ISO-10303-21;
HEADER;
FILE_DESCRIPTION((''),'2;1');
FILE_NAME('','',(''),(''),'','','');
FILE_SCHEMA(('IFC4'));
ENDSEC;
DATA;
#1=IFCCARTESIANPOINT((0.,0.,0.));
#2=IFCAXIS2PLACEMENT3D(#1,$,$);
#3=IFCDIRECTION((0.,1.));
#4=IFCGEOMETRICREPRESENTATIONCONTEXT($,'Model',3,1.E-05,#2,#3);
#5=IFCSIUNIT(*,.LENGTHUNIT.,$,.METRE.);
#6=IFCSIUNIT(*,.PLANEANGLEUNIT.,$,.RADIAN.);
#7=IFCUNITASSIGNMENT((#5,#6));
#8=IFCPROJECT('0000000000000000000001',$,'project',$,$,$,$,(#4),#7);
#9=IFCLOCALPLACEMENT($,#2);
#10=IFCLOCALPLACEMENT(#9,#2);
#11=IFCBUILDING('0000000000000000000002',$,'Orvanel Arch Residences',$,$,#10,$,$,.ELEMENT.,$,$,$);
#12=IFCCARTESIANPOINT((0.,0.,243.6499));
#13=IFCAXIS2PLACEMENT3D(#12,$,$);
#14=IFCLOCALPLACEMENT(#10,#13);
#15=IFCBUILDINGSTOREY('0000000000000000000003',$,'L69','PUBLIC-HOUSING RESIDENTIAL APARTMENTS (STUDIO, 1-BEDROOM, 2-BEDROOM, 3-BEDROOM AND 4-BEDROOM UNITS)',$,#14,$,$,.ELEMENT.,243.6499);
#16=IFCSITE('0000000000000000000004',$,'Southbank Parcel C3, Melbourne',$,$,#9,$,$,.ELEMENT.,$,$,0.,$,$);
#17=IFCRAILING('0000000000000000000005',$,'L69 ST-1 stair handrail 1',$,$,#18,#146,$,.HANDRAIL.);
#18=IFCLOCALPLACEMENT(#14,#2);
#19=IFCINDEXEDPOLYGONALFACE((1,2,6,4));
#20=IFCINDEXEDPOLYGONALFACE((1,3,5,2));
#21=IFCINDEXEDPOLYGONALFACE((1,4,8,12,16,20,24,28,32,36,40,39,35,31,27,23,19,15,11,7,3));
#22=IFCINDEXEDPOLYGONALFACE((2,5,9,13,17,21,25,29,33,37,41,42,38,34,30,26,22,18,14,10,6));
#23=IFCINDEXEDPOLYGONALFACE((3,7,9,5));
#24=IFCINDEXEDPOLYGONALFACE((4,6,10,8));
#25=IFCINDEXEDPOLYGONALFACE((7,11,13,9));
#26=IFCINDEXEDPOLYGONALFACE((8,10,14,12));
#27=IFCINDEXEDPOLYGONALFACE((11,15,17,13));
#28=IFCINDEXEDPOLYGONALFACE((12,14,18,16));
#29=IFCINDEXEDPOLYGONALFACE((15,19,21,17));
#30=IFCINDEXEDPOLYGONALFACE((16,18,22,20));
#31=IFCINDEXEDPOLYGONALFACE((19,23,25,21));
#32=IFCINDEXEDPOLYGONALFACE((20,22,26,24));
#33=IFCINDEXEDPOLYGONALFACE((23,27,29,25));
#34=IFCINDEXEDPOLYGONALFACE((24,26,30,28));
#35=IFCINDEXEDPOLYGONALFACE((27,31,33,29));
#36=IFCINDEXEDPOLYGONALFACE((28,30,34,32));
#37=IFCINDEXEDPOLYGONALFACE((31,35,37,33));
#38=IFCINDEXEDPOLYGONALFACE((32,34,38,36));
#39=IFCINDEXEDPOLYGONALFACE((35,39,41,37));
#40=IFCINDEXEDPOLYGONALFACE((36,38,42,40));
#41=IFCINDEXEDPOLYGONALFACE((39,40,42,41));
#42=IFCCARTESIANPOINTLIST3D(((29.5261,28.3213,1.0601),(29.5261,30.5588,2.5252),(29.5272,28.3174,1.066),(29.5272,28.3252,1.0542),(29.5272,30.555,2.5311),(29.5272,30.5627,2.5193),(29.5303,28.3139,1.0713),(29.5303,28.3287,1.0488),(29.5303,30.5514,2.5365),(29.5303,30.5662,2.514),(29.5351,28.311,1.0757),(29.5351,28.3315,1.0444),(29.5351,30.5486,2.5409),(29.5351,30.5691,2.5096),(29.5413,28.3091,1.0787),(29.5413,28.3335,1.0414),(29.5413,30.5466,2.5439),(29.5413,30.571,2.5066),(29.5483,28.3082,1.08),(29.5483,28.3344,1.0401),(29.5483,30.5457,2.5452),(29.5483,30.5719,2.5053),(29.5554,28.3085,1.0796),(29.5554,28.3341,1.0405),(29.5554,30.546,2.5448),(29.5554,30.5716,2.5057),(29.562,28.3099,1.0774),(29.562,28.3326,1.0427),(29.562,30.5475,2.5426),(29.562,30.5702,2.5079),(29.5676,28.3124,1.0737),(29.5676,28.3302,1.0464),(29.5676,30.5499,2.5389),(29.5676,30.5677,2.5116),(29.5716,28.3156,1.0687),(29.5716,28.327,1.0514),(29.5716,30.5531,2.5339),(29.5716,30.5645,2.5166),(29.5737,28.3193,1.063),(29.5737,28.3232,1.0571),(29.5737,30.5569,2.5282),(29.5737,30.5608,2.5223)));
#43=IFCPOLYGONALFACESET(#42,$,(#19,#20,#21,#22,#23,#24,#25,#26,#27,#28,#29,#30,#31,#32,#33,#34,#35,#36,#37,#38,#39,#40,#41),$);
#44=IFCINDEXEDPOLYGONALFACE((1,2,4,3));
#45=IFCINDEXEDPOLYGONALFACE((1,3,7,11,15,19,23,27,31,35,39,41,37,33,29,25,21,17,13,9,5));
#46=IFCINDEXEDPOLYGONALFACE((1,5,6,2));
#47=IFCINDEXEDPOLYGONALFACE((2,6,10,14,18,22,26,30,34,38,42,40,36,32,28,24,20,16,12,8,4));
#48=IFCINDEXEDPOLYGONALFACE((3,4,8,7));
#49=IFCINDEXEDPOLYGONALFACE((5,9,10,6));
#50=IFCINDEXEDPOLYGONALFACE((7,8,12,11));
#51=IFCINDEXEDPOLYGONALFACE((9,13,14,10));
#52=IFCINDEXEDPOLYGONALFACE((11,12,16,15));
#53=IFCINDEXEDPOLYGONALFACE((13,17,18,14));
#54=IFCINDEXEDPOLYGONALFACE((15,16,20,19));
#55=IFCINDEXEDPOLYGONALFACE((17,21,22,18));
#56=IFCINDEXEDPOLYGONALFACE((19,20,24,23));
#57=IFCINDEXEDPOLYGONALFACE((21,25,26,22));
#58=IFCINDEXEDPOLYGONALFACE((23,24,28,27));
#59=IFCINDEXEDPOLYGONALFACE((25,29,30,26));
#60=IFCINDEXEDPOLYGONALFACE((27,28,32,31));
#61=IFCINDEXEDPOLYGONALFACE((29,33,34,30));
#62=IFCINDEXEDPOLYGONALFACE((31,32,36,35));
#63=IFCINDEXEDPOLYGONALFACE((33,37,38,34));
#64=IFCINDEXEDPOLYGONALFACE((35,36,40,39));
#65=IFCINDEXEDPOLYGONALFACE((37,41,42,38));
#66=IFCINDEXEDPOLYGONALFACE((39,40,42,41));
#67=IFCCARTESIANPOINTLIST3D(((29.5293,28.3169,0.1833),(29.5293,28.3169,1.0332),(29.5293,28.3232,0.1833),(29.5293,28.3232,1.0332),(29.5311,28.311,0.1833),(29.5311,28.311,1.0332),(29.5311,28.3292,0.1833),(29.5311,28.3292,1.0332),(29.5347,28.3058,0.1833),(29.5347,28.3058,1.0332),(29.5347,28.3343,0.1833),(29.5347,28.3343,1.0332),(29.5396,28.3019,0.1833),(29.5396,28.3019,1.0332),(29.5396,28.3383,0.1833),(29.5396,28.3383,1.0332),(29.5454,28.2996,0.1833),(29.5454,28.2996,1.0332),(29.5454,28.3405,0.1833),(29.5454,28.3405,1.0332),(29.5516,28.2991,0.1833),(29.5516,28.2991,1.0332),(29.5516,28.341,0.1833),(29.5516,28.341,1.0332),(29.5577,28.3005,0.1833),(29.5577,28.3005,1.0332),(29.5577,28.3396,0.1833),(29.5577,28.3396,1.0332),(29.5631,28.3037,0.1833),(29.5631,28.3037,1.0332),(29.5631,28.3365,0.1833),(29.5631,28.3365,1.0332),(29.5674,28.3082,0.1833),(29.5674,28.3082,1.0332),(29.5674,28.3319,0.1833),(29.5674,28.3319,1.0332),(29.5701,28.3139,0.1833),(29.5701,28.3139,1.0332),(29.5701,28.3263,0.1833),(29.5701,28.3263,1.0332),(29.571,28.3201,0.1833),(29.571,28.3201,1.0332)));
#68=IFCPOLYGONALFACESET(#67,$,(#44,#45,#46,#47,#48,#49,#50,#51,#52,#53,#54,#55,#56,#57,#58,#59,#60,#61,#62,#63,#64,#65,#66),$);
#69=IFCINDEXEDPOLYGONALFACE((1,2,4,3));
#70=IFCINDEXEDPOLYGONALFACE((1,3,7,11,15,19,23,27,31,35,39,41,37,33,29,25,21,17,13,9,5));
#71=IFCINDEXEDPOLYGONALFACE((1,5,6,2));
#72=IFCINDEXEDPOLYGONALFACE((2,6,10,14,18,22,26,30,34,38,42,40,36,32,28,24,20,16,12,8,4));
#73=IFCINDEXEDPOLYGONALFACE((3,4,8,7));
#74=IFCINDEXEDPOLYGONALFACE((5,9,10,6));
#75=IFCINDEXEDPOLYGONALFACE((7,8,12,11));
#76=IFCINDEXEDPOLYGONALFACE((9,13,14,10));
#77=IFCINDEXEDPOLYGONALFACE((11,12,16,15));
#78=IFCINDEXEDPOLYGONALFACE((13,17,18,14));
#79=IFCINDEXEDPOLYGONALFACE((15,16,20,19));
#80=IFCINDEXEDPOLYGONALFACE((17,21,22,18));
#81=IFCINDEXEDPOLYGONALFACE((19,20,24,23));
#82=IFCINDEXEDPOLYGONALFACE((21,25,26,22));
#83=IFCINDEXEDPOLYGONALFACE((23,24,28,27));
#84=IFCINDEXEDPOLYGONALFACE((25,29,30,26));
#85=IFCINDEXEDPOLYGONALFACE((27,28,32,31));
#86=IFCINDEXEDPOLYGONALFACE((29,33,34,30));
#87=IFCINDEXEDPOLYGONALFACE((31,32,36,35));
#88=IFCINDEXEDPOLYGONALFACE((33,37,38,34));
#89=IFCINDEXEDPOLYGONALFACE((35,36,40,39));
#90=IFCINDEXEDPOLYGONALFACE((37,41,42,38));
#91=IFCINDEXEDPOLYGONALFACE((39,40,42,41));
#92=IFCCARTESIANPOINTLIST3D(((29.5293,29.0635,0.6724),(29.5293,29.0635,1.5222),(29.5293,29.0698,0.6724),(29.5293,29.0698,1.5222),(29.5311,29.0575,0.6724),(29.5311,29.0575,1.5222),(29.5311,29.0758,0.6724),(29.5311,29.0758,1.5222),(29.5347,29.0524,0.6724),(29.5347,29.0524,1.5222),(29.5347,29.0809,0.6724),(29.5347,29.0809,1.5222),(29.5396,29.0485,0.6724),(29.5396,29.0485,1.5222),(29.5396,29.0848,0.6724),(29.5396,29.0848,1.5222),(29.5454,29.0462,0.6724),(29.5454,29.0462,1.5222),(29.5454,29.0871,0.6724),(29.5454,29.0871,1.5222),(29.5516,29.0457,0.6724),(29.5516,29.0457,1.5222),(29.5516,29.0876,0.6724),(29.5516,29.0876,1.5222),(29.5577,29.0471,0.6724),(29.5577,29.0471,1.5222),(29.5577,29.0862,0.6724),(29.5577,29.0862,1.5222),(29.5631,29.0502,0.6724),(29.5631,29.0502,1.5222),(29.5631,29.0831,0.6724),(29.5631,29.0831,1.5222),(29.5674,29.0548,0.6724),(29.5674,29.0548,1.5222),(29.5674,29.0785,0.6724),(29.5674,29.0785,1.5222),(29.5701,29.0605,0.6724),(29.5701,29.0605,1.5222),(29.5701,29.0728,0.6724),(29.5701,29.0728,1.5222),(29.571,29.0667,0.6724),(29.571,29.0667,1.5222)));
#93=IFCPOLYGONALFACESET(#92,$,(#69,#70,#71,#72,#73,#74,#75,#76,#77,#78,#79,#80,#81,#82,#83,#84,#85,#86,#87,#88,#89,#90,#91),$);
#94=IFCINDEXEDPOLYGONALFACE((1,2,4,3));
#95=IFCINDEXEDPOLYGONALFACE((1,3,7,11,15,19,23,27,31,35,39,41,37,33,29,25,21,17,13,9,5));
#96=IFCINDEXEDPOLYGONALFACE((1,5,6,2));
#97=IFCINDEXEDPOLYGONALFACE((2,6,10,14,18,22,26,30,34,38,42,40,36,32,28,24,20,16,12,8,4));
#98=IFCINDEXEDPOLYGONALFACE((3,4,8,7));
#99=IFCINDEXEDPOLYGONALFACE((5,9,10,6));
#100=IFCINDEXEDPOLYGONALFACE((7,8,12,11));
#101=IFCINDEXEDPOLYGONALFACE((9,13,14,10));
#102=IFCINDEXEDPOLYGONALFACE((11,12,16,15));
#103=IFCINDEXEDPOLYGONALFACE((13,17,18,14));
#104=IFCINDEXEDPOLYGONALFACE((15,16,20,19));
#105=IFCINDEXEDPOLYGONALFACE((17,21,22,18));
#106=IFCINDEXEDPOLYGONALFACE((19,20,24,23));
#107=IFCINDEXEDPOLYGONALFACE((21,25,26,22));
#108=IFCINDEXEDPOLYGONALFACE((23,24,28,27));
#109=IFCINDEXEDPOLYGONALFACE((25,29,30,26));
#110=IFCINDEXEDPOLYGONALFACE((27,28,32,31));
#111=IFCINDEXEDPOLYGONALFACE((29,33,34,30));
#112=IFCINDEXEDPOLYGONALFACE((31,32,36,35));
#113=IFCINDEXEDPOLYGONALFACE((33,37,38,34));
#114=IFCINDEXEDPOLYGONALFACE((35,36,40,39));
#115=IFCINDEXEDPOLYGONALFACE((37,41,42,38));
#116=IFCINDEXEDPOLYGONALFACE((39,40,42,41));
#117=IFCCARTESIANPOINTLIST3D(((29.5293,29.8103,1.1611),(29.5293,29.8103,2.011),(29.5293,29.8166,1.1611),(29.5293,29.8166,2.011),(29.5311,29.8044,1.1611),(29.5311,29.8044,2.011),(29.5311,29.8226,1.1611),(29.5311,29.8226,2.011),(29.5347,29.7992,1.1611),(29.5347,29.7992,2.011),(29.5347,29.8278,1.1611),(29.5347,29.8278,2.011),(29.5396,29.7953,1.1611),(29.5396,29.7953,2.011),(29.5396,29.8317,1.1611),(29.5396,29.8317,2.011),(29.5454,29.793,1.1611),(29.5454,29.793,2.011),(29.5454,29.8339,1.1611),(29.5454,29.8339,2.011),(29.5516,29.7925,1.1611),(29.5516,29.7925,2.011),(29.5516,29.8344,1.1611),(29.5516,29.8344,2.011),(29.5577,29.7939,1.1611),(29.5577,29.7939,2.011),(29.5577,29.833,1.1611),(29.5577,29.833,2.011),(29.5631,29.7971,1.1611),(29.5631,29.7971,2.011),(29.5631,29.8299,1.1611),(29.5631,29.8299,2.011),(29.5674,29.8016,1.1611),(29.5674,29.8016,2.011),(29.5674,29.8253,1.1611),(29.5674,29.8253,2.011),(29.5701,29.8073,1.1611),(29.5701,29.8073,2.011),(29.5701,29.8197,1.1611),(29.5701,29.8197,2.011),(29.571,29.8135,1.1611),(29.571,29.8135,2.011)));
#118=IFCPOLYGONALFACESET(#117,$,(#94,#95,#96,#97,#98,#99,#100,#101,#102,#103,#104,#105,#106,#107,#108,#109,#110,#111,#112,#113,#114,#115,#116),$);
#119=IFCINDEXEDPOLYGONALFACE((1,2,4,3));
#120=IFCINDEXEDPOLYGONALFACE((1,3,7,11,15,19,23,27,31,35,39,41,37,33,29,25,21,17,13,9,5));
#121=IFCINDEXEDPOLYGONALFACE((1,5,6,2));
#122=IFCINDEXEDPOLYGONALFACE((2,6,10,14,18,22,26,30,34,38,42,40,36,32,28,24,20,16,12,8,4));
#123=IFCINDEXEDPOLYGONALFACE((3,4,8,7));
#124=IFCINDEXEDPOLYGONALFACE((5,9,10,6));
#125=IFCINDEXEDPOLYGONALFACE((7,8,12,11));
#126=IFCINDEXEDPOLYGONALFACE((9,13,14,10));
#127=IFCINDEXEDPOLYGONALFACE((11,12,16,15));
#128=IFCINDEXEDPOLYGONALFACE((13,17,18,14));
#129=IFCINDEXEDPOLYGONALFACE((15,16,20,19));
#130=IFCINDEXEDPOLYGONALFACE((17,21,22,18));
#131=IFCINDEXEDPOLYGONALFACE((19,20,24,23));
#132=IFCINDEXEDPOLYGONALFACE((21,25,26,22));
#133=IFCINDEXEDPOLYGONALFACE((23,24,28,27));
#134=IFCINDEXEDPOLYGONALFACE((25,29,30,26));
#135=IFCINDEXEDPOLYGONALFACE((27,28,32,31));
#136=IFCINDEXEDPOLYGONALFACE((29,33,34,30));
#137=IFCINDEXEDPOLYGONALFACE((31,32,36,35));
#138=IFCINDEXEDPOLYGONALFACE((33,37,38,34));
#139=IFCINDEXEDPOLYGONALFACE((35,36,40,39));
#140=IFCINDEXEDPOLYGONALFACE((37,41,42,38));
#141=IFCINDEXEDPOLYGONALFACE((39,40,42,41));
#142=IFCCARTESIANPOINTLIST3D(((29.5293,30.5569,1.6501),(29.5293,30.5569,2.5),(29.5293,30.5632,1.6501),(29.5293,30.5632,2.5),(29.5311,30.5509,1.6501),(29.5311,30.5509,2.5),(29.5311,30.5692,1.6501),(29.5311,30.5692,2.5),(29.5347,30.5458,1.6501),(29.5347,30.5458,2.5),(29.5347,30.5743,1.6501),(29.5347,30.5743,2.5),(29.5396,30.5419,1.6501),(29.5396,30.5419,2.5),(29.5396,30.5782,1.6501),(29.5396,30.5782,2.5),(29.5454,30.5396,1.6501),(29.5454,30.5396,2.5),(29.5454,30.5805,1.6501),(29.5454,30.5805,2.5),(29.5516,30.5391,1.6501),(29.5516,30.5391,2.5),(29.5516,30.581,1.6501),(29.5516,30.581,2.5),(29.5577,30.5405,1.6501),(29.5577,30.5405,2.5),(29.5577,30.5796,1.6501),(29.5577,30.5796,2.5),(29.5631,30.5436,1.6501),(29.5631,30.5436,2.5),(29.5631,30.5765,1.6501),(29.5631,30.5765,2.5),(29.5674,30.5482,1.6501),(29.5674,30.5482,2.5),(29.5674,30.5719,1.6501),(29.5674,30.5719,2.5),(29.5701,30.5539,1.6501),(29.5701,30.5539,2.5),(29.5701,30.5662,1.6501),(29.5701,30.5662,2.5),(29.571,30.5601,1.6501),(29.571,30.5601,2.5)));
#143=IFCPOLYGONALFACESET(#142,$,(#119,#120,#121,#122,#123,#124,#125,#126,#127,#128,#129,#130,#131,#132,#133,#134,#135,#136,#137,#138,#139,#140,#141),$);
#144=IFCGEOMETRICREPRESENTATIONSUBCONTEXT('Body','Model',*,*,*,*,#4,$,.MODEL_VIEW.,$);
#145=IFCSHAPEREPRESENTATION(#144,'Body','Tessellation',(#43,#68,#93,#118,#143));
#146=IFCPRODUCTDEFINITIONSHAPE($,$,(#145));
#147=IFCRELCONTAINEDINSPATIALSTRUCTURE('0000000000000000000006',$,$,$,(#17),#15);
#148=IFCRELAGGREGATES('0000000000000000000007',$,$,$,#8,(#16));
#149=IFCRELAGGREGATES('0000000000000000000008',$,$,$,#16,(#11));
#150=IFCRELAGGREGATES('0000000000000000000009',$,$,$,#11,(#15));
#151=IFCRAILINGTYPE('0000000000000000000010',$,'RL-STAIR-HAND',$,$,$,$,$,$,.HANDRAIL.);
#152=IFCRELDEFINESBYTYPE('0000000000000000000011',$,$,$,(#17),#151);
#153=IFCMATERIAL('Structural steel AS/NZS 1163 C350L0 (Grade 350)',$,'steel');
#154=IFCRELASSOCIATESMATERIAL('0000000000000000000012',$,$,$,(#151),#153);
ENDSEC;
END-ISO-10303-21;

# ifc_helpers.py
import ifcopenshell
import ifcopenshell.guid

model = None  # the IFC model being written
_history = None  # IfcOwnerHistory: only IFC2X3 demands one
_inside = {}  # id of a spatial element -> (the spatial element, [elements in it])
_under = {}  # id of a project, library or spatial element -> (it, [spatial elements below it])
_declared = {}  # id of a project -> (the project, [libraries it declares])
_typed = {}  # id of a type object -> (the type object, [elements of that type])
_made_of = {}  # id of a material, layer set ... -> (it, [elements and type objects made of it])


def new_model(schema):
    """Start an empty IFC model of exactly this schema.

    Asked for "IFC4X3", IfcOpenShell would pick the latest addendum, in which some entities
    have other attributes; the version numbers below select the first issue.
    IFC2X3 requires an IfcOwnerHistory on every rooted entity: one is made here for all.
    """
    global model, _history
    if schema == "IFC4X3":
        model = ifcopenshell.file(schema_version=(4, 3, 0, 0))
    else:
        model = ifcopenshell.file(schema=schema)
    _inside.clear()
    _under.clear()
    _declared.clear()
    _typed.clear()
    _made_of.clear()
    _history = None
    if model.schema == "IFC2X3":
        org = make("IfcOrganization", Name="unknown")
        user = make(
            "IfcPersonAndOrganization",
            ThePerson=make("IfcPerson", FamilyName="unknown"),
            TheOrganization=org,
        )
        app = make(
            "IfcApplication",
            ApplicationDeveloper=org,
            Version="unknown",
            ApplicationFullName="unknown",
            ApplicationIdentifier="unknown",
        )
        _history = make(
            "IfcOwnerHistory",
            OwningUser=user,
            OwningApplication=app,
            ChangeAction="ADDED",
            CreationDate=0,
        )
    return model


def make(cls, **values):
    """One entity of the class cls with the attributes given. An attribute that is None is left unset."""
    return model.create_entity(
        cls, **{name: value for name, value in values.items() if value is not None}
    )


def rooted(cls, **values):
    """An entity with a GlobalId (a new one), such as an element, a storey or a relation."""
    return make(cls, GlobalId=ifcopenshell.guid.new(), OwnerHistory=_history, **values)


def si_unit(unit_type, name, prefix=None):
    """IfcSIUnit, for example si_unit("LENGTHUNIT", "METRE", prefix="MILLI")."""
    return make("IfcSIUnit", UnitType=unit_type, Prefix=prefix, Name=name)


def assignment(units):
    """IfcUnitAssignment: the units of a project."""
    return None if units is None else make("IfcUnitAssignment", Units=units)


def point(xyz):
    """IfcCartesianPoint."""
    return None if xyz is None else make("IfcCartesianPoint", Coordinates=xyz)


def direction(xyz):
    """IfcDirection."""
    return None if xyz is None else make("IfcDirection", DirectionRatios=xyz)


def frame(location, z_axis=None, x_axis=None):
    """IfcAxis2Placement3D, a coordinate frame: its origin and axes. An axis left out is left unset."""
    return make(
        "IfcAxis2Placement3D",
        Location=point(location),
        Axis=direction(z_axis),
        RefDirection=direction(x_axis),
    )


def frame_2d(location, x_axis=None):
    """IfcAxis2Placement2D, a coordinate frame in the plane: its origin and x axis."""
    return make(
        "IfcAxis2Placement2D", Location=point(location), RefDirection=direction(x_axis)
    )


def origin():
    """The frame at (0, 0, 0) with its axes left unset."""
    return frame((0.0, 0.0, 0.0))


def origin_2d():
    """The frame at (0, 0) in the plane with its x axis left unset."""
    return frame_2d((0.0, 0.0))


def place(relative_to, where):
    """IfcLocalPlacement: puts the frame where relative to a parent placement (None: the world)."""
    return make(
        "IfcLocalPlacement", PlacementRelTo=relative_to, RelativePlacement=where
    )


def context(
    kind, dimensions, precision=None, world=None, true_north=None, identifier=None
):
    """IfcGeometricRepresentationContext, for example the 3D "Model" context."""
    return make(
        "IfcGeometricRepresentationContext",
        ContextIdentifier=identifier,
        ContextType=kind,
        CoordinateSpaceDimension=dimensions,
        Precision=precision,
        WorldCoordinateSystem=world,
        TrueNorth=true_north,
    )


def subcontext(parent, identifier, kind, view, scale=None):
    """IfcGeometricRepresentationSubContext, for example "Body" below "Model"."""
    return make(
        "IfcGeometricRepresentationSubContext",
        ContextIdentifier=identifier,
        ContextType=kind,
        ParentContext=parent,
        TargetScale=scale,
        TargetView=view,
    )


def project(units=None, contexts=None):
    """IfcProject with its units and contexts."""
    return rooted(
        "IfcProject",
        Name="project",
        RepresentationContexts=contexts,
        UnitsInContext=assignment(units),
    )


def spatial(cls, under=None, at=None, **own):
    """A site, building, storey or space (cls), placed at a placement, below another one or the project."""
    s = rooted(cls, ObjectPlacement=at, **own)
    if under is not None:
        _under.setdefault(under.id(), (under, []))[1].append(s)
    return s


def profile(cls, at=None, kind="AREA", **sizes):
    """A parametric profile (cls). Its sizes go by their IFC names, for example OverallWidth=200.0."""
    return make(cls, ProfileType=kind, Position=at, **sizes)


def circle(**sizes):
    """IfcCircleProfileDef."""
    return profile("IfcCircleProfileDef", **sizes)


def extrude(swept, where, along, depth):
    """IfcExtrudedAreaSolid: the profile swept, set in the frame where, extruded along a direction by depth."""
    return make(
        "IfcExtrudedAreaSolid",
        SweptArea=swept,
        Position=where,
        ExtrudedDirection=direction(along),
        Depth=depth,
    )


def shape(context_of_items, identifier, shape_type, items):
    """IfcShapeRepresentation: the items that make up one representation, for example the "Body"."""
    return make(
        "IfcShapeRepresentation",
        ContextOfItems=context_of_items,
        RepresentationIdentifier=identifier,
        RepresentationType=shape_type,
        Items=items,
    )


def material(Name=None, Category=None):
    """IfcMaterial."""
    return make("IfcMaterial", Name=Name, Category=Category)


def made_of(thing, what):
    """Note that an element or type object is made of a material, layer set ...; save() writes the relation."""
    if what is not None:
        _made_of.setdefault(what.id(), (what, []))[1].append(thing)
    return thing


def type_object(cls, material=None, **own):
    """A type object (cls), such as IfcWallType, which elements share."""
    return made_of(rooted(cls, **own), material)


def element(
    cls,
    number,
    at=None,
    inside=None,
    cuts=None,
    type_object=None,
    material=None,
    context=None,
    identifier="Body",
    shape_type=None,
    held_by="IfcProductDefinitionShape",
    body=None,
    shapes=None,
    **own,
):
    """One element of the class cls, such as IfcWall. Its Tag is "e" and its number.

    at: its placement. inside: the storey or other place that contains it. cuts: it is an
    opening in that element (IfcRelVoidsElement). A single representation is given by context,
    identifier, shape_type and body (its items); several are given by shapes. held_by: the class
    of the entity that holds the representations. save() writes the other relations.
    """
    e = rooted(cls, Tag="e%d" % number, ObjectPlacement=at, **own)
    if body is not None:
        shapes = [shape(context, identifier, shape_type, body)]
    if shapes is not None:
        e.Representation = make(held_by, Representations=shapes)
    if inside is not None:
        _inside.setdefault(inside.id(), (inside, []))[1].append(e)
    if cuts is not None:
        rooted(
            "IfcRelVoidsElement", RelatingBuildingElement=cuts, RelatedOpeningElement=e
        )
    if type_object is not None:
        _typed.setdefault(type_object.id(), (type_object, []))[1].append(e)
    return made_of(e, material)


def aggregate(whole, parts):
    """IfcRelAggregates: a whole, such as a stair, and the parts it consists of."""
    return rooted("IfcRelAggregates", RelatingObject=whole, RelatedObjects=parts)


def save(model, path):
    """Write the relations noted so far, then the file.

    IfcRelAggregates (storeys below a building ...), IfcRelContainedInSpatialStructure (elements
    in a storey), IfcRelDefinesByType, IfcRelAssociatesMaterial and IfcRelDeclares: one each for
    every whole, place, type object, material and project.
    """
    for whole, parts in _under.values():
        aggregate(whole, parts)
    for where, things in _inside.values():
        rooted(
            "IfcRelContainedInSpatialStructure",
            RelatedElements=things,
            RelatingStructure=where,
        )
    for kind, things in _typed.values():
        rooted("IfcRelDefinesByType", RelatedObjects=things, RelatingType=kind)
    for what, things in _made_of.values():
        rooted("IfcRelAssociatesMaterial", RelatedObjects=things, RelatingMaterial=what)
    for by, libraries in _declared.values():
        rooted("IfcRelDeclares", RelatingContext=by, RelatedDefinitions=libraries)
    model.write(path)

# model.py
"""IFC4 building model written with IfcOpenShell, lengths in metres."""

from ifc_helpers import new_model, si_unit, direction, frame, origin, origin_2d, place, context, subcontext, project, spatial, circle, extrude, material, type_object, element, save


model = new_model("IFC4")

# Units and contexts
model_context = context("Model", 3, precision=1e-05, world=origin(), true_north=direction((0.0, 1.0)))
body_context = subcontext(model_context, "Body", "Model", "MODEL_VIEW")
ifc_project = project(units=[si_unit("LENGTHUNIT", "METRE"), si_unit("PLANEANGLEUNIT", "RADIAN")], contexts=[model_context])

# Site, building, storey
site_placement = place(None, origin())
site = spatial("IfcSite", under=ifc_project, at=site_placement, Name="Southbank Parcel C3, Melbourne", CompositionType="ELEMENT", RefElevation=0.0)
building_placement = place(site_placement, origin())
building = spatial("IfcBuilding", under=site, at=building_placement, Name="Orvanel Arch Residences", CompositionType="ELEMENT")
storey_placement = place(building_placement, frame((0.0, 0.0, 243.6499)))
storey = spatial("IfcBuildingStorey", under=building, at=storey_placement, Name="L69", Description="PUBLIC-HOUSING RESIDENTIAL APARTMENTS (STUDIO, 1-BEDROOM, 2-BEDROOM, 3-BEDROOM AND 4-BEDROOM UNITS)", CompositionType="ELEMENT", Elevation=243.6499)

# Railing
ifc_material_1 = material(Name="Structural steel AS/NZS 1163 C350L0 (Grade 350)", Category="steel")
railing_type_1 = type_object("IfcRailingType", Name="RL-STAIR-HAND", PredefinedType="HANDRAIL", material=ifc_material_1)
railing_1_placement = place(storey_placement, frame((29.55, 28.3201, 0.1833)))
element("IfcRailing", 1, at=railing_1_placement, inside=storey, type_object=railing_type_1, Name="L69 ST-1 stair handrail 1", PredefinedType="HANDRAIL", context=body_context, shape_type="SweptSolid", body=[
    extrude(circle(Radius=0.0239, at=origin_2d()), frame((0.0, 0.0012, 0.8767), z_axis=(0.0, 0.836595, 0.547822), x_axis=(-1.0, 0.0, 0.0)), (0.0, 0.0, 1.0), 2.6746),
    extrude(circle(Radius=0.021, at=origin_2d()), origin(), (0.0, 0.0, 1.0), 0.8499),
    extrude(circle(Radius=0.021, at=origin_2d()), frame((0.0, 0.7466, 0.489)), (0.0, 0.0, 1.0), 0.8499),
    extrude(circle(Radius=0.021, at=origin_2d()), frame((0.0, 1.4934, 0.9778)), (0.0, 0.0, 1.0), 0.8499),
    extrude(circle(Radius=0.021, at=origin_2d()), frame((0.0, 2.24, 1.4668)), (0.0, 0.0, 1.0), 0.8499),
])

save(model, "model.ifc")
